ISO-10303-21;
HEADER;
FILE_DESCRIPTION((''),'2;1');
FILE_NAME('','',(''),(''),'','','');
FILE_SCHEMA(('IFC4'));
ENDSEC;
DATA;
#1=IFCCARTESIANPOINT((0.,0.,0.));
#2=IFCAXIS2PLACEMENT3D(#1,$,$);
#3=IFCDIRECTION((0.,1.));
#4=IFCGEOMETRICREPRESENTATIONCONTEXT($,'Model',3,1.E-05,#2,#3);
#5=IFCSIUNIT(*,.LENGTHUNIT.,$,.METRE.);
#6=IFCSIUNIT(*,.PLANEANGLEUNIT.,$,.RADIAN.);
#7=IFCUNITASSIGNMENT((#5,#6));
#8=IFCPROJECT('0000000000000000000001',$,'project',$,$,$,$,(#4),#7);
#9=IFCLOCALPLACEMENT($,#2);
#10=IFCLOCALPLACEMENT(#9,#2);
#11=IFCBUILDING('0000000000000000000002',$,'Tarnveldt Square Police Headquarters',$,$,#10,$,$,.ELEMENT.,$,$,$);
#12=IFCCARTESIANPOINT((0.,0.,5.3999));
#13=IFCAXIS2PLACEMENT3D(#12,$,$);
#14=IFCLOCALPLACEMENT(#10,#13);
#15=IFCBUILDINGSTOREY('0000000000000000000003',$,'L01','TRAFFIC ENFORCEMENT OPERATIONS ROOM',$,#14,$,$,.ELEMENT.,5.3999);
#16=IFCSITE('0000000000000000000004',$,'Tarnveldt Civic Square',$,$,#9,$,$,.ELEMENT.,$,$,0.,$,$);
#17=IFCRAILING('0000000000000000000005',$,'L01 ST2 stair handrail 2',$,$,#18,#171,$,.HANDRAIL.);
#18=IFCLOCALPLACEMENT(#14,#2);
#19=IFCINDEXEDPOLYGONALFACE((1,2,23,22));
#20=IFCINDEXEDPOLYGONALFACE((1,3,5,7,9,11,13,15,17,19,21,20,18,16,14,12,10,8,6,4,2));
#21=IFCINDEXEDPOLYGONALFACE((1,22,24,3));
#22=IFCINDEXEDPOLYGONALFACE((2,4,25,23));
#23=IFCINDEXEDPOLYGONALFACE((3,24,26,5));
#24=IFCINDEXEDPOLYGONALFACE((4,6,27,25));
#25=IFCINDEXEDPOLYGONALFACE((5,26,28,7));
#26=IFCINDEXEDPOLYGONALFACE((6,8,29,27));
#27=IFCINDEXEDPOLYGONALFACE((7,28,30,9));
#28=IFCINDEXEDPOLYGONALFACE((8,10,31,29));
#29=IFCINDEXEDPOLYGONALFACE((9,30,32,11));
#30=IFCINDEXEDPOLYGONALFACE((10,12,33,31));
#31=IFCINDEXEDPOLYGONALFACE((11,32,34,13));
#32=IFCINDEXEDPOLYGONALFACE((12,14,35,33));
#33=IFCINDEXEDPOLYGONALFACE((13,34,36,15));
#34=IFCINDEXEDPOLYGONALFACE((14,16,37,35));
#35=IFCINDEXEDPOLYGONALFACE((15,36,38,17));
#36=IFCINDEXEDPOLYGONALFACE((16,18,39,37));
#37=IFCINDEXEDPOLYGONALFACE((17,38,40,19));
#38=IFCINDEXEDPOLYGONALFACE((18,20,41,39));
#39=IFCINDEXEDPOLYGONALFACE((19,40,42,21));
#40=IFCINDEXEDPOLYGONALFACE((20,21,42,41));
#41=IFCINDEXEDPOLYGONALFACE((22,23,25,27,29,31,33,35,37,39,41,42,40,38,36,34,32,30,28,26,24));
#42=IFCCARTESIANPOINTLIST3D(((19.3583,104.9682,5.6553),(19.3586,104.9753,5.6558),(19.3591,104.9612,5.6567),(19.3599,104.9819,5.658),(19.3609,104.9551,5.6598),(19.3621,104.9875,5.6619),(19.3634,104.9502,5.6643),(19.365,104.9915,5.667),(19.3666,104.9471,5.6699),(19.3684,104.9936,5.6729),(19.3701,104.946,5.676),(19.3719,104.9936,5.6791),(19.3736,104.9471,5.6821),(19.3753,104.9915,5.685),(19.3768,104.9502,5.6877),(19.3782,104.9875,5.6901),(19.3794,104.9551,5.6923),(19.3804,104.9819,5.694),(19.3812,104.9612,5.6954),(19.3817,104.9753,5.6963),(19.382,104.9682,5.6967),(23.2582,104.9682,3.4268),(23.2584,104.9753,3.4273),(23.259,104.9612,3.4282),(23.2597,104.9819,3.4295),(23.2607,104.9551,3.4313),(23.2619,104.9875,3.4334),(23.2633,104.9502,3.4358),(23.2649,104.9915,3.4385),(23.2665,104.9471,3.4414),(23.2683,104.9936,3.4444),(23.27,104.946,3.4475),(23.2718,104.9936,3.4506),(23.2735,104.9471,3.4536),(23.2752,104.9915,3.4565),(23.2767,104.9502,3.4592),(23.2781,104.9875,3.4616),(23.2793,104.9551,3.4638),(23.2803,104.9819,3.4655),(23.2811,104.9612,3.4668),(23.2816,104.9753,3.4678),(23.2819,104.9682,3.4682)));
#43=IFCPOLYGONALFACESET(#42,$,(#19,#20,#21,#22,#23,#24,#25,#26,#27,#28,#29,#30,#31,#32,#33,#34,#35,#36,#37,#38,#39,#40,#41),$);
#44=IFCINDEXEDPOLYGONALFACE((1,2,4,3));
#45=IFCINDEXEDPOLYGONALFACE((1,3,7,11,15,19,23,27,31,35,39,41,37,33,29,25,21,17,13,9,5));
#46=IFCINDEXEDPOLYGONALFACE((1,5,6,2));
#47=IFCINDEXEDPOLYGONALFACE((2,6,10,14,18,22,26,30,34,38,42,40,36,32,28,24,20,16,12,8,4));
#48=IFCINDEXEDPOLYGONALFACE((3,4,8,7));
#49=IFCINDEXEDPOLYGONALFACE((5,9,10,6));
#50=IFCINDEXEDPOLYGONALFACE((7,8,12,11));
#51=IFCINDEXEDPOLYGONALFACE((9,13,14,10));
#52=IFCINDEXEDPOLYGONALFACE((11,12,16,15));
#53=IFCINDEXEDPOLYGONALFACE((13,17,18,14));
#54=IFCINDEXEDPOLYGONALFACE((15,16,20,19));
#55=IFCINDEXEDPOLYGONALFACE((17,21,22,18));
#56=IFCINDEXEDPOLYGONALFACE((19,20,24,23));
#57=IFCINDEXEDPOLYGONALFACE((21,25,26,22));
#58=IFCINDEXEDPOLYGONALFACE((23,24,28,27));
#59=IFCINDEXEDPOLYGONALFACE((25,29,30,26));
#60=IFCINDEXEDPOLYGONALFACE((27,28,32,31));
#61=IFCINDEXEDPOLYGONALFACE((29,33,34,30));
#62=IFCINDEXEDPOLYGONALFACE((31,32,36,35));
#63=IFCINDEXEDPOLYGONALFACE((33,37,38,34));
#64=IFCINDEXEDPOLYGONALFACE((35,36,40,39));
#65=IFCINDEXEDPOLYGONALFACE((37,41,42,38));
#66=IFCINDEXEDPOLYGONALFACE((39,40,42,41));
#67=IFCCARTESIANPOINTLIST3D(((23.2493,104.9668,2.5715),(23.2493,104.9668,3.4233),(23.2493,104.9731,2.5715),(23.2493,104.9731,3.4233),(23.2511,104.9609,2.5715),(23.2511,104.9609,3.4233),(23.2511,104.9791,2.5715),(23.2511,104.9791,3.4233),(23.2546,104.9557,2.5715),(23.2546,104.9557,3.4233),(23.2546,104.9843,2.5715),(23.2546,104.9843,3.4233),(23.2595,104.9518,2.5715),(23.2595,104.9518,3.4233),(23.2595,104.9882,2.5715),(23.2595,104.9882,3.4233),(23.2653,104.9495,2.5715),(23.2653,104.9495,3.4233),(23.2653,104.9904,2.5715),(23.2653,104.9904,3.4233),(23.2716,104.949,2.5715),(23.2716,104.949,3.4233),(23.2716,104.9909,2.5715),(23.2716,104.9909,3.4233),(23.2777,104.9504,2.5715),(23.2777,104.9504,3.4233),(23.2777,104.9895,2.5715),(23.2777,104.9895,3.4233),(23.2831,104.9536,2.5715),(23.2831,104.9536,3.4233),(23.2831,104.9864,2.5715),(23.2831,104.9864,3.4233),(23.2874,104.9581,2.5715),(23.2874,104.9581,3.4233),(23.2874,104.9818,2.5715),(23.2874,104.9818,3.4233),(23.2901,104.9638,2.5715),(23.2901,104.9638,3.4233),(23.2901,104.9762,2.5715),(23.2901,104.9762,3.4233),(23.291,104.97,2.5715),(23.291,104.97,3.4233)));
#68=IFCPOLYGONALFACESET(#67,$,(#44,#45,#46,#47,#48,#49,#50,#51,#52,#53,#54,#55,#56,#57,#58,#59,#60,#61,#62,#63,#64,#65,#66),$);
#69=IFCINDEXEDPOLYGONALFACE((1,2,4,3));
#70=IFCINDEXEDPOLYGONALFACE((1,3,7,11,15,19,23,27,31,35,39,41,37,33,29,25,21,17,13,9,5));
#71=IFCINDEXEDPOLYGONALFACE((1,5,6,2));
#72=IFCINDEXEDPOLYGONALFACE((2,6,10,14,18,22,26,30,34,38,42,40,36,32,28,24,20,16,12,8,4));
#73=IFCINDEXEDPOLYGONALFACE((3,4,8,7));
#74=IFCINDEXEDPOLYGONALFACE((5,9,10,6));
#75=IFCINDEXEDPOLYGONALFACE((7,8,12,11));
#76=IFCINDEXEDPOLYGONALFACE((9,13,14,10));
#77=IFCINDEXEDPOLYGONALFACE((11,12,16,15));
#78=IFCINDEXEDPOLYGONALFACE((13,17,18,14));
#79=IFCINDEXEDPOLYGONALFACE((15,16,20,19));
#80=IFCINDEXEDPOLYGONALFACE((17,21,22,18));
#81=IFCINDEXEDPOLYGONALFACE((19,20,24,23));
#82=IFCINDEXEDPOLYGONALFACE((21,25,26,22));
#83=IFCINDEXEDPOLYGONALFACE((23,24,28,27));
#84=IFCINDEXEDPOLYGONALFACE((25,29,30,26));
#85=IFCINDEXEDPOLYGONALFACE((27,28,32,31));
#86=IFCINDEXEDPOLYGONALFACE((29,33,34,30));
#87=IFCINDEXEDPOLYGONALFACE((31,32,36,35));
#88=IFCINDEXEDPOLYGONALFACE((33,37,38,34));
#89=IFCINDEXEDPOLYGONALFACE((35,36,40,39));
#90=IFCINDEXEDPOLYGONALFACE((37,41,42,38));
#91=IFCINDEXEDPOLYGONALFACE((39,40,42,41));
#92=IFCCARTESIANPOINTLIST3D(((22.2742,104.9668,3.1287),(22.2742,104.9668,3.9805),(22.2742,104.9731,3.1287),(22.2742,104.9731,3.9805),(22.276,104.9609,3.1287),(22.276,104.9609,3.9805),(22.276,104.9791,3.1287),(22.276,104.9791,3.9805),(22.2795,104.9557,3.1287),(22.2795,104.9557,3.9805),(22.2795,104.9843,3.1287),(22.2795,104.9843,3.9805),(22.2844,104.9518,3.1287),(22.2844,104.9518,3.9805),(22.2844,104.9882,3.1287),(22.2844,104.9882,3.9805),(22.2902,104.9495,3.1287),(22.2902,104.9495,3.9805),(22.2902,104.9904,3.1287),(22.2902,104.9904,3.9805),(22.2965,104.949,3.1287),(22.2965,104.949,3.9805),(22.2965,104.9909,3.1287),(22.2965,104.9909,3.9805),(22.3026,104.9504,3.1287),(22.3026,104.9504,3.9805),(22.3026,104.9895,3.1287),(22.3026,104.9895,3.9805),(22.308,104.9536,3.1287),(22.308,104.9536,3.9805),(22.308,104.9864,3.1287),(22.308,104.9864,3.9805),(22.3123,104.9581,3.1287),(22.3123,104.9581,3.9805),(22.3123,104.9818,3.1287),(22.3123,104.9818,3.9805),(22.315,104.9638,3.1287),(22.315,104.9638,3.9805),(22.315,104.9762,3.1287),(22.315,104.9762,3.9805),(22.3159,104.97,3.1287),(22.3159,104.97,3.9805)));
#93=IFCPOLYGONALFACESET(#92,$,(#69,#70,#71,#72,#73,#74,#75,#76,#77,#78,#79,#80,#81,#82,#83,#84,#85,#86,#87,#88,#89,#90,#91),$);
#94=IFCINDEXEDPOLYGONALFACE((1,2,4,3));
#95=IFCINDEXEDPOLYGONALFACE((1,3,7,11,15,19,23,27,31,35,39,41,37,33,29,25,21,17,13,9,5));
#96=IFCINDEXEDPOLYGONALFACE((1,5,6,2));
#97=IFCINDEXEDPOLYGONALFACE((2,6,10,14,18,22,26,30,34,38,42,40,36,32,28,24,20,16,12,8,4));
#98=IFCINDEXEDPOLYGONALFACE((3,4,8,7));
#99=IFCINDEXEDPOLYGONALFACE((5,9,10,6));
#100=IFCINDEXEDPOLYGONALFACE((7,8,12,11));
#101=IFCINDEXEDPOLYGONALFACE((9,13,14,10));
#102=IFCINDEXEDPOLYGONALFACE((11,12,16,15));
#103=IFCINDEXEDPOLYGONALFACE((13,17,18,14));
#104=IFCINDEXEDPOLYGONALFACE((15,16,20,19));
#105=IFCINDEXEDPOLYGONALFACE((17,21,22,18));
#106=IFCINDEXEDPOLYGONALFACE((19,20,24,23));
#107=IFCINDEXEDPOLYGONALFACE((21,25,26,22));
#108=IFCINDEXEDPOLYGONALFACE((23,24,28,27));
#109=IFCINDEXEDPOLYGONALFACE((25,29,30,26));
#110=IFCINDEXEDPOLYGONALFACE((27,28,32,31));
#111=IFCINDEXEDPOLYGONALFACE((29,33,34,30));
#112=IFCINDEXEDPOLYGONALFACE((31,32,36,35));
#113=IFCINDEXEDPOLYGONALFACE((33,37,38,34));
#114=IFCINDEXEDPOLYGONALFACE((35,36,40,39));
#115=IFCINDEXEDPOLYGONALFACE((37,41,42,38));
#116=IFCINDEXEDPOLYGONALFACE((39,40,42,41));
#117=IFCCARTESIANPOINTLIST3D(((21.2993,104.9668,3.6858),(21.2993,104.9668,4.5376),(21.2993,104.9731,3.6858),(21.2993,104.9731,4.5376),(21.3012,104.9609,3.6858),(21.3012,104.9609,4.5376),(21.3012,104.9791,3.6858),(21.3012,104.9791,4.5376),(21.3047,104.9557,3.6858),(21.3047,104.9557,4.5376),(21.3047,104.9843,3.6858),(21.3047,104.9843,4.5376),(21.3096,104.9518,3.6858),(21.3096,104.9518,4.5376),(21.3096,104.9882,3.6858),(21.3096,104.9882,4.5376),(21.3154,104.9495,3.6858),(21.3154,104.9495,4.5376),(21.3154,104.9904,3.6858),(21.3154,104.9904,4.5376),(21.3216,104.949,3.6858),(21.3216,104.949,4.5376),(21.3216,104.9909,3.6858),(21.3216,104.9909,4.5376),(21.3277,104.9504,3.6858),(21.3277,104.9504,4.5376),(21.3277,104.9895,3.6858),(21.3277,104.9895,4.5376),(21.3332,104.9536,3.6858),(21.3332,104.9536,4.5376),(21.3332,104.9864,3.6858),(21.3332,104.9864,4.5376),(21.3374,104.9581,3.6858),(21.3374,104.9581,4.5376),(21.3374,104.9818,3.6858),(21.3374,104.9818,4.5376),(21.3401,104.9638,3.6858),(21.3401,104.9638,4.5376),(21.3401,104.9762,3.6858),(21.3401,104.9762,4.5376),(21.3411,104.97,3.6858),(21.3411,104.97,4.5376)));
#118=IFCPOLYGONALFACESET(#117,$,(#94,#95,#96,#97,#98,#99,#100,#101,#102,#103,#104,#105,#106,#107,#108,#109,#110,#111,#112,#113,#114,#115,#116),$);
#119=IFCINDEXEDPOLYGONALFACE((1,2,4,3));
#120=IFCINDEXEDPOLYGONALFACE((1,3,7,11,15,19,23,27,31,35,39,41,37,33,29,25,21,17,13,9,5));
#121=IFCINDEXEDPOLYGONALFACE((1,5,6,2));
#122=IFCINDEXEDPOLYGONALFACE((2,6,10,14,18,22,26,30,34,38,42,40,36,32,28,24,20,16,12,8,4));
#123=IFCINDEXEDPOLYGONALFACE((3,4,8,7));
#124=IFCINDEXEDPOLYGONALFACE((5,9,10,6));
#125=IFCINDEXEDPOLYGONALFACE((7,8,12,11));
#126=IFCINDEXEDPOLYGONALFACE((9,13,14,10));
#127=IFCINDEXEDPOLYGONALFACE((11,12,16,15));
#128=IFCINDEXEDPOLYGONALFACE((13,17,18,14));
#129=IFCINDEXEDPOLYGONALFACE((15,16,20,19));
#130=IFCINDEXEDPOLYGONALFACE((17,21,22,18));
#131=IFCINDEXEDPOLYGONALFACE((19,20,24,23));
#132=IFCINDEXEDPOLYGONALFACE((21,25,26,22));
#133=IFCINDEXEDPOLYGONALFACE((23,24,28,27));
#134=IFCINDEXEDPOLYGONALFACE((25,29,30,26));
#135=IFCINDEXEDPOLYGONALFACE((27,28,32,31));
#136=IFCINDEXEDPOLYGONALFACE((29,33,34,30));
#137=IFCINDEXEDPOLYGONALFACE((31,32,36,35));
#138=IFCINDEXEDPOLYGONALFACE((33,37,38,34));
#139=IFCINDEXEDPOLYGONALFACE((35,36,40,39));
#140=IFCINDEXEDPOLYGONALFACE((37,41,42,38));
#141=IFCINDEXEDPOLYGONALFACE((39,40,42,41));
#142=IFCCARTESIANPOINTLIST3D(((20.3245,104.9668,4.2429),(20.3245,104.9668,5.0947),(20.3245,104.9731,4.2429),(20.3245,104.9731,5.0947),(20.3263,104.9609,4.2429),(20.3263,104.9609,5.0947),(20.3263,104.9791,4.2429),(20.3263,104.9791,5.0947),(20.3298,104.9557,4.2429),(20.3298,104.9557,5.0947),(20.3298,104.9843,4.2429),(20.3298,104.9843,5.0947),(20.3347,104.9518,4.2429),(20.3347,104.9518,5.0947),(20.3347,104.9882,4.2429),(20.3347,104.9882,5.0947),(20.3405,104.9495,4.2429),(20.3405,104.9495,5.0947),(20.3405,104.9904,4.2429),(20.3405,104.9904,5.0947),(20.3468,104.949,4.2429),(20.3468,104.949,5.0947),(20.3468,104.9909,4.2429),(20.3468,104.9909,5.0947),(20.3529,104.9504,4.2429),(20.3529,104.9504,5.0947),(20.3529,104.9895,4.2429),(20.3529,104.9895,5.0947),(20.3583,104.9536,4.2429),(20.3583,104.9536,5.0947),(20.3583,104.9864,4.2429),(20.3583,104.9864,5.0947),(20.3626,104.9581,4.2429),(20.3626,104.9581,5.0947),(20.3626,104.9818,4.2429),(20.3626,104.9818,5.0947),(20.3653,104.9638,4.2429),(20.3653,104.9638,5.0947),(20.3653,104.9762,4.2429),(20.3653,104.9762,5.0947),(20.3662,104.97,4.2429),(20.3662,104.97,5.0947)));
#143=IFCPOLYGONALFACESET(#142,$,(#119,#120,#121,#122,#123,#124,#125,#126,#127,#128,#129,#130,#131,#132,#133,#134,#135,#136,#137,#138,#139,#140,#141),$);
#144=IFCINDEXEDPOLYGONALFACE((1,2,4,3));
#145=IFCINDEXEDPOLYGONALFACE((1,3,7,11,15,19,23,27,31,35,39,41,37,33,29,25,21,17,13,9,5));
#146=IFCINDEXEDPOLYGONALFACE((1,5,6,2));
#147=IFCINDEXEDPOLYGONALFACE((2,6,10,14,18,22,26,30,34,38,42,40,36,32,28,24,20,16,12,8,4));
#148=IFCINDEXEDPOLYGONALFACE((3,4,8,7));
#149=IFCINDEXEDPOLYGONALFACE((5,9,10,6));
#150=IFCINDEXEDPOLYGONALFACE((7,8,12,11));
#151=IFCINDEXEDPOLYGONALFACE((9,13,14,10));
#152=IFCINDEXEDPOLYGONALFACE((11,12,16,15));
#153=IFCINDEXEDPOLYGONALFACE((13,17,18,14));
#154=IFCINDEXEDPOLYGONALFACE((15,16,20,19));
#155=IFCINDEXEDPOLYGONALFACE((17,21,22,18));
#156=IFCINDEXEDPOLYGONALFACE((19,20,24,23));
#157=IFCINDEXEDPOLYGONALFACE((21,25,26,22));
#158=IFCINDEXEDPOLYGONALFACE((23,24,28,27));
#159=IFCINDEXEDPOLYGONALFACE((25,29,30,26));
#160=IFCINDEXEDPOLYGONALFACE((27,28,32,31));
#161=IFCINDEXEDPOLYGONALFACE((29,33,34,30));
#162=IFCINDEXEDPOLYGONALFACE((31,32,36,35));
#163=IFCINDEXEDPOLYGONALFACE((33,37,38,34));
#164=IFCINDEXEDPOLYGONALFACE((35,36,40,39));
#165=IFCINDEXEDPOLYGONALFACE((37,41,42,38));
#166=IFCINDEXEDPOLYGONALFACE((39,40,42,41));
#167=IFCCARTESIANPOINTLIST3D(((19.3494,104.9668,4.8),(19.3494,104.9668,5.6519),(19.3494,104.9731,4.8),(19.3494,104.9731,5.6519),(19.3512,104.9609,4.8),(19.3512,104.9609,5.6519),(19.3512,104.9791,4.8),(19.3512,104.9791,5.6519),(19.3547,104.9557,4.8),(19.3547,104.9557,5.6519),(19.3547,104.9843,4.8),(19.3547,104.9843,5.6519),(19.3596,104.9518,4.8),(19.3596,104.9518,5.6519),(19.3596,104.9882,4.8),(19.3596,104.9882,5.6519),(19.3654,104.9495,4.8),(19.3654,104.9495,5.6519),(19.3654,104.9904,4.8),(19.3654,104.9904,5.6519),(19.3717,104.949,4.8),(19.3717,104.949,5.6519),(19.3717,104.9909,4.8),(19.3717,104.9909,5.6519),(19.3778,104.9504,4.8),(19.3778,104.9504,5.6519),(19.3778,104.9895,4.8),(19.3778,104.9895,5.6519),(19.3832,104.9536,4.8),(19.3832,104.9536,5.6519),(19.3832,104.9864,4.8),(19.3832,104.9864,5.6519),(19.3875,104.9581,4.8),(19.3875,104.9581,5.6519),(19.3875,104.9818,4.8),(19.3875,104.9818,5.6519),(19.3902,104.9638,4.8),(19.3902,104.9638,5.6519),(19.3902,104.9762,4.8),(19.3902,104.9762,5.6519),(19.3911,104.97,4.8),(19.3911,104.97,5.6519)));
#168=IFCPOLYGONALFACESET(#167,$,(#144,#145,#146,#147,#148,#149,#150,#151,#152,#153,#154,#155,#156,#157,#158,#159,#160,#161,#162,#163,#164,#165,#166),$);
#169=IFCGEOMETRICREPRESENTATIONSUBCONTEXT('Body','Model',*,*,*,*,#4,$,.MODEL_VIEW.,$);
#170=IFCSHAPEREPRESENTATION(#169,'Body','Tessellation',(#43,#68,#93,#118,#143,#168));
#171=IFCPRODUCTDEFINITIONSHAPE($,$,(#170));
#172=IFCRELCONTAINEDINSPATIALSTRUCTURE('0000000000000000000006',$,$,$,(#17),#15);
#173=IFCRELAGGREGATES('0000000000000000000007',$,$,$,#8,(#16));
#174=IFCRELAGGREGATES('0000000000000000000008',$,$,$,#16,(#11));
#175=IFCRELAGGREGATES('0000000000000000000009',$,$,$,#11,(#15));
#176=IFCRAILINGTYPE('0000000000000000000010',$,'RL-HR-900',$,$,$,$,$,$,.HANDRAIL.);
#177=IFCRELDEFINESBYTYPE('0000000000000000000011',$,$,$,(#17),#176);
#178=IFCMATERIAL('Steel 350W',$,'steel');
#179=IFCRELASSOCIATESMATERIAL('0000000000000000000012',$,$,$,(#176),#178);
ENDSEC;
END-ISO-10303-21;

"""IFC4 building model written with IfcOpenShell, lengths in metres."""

from ifc_helpers import new_model, si_unit, direction, frame, origin, origin_2d, place, context, subcontext, project, spatial, circle, extrude, material, type_object, element, save


model = new_model("IFC4")

# Units and contexts
model_context = context("Model", 3, precision=1e-05, world=origin(), true_north=direction((0.0, 1.0)))
body_context = subcontext(model_context, "Body", "Model", "MODEL_VIEW")
ifc_project = project(units=[si_unit("LENGTHUNIT", "METRE"), si_unit("PLANEANGLEUNIT", "RADIAN")], contexts=[model_context])

# Site, building, storey
site_placement = place(None, origin())
site = spatial("IfcSite", under=ifc_project, at=site_placement, Name="Tarnveldt Civic Square", CompositionType="ELEMENT", RefElevation=0.0)
building_placement = place(site_placement, origin())
building = spatial("IfcBuilding", under=site, at=building_placement, Name="Tarnveldt Square Police Headquarters", CompositionType="ELEMENT")
storey_placement = place(building_placement, frame((0.0, 0.0, 5.3999)))
storey = spatial("IfcBuildingStorey", under=building, at=storey_placement, Name="L01", Description="TRAFFIC ENFORCEMENT OPERATIONS ROOM", CompositionType="ELEMENT", Elevation=5.3999)

# Shared definitions
ifc_material_1 = material(Name="Steel 350W", Category="steel")

# Railing
railing_type_1 = type_object("IfcRailingType", Name="RL-HR-900", PredefinedType="HANDRAIL", material=ifc_material_1)
railing_1_placement = place(storey_placement, frame((23.27, 104.97, 2.5715)))
element("IfcRailing", 1, at=railing_1_placement, inside=storey, type_object=railing_type_1, Name="L01 ST2 stair handrail 2", PredefinedType="HANDRAIL", context=body_context, shape_type="SweptSolid", body=[
    extrude(circle(Radius=0.0239, at=origin_2d()), frame((0.0, 0.0, 0.876), z_axis=(-0.868243, 0.0, 0.496139), x_axis=(0.0, -1.0, 0.0)), (0.0, 0.0, 1.0), 4.4917),
    extrude(circle(Radius=0.021, at=origin_2d()), origin(), (0.0, 0.0, 1.0), 0.8518),
    extrude(circle(Radius=0.021, at=origin_2d()), frame((-0.9751, 0.0, 0.5571)), (0.0, 0.0, 1.0), 0.8518),
    extrude(circle(Radius=0.021, at=origin_2d()), frame((-1.95, 0.0, 1.1143)), (0.0, 0.0, 1.0), 0.8518),
    extrude(circle(Radius=0.021, at=origin_2d()), frame((-2.9248, 0.0, 1.6714)), (0.0, 0.0, 1.0), 0.8518),
    extrude(circle(Radius=0.021, at=origin_2d()), frame((-3.8999, 0.0, 2.2285)), (0.0, 0.0, 1.0), 0.8518),
])

save(model, "model.ifc")
